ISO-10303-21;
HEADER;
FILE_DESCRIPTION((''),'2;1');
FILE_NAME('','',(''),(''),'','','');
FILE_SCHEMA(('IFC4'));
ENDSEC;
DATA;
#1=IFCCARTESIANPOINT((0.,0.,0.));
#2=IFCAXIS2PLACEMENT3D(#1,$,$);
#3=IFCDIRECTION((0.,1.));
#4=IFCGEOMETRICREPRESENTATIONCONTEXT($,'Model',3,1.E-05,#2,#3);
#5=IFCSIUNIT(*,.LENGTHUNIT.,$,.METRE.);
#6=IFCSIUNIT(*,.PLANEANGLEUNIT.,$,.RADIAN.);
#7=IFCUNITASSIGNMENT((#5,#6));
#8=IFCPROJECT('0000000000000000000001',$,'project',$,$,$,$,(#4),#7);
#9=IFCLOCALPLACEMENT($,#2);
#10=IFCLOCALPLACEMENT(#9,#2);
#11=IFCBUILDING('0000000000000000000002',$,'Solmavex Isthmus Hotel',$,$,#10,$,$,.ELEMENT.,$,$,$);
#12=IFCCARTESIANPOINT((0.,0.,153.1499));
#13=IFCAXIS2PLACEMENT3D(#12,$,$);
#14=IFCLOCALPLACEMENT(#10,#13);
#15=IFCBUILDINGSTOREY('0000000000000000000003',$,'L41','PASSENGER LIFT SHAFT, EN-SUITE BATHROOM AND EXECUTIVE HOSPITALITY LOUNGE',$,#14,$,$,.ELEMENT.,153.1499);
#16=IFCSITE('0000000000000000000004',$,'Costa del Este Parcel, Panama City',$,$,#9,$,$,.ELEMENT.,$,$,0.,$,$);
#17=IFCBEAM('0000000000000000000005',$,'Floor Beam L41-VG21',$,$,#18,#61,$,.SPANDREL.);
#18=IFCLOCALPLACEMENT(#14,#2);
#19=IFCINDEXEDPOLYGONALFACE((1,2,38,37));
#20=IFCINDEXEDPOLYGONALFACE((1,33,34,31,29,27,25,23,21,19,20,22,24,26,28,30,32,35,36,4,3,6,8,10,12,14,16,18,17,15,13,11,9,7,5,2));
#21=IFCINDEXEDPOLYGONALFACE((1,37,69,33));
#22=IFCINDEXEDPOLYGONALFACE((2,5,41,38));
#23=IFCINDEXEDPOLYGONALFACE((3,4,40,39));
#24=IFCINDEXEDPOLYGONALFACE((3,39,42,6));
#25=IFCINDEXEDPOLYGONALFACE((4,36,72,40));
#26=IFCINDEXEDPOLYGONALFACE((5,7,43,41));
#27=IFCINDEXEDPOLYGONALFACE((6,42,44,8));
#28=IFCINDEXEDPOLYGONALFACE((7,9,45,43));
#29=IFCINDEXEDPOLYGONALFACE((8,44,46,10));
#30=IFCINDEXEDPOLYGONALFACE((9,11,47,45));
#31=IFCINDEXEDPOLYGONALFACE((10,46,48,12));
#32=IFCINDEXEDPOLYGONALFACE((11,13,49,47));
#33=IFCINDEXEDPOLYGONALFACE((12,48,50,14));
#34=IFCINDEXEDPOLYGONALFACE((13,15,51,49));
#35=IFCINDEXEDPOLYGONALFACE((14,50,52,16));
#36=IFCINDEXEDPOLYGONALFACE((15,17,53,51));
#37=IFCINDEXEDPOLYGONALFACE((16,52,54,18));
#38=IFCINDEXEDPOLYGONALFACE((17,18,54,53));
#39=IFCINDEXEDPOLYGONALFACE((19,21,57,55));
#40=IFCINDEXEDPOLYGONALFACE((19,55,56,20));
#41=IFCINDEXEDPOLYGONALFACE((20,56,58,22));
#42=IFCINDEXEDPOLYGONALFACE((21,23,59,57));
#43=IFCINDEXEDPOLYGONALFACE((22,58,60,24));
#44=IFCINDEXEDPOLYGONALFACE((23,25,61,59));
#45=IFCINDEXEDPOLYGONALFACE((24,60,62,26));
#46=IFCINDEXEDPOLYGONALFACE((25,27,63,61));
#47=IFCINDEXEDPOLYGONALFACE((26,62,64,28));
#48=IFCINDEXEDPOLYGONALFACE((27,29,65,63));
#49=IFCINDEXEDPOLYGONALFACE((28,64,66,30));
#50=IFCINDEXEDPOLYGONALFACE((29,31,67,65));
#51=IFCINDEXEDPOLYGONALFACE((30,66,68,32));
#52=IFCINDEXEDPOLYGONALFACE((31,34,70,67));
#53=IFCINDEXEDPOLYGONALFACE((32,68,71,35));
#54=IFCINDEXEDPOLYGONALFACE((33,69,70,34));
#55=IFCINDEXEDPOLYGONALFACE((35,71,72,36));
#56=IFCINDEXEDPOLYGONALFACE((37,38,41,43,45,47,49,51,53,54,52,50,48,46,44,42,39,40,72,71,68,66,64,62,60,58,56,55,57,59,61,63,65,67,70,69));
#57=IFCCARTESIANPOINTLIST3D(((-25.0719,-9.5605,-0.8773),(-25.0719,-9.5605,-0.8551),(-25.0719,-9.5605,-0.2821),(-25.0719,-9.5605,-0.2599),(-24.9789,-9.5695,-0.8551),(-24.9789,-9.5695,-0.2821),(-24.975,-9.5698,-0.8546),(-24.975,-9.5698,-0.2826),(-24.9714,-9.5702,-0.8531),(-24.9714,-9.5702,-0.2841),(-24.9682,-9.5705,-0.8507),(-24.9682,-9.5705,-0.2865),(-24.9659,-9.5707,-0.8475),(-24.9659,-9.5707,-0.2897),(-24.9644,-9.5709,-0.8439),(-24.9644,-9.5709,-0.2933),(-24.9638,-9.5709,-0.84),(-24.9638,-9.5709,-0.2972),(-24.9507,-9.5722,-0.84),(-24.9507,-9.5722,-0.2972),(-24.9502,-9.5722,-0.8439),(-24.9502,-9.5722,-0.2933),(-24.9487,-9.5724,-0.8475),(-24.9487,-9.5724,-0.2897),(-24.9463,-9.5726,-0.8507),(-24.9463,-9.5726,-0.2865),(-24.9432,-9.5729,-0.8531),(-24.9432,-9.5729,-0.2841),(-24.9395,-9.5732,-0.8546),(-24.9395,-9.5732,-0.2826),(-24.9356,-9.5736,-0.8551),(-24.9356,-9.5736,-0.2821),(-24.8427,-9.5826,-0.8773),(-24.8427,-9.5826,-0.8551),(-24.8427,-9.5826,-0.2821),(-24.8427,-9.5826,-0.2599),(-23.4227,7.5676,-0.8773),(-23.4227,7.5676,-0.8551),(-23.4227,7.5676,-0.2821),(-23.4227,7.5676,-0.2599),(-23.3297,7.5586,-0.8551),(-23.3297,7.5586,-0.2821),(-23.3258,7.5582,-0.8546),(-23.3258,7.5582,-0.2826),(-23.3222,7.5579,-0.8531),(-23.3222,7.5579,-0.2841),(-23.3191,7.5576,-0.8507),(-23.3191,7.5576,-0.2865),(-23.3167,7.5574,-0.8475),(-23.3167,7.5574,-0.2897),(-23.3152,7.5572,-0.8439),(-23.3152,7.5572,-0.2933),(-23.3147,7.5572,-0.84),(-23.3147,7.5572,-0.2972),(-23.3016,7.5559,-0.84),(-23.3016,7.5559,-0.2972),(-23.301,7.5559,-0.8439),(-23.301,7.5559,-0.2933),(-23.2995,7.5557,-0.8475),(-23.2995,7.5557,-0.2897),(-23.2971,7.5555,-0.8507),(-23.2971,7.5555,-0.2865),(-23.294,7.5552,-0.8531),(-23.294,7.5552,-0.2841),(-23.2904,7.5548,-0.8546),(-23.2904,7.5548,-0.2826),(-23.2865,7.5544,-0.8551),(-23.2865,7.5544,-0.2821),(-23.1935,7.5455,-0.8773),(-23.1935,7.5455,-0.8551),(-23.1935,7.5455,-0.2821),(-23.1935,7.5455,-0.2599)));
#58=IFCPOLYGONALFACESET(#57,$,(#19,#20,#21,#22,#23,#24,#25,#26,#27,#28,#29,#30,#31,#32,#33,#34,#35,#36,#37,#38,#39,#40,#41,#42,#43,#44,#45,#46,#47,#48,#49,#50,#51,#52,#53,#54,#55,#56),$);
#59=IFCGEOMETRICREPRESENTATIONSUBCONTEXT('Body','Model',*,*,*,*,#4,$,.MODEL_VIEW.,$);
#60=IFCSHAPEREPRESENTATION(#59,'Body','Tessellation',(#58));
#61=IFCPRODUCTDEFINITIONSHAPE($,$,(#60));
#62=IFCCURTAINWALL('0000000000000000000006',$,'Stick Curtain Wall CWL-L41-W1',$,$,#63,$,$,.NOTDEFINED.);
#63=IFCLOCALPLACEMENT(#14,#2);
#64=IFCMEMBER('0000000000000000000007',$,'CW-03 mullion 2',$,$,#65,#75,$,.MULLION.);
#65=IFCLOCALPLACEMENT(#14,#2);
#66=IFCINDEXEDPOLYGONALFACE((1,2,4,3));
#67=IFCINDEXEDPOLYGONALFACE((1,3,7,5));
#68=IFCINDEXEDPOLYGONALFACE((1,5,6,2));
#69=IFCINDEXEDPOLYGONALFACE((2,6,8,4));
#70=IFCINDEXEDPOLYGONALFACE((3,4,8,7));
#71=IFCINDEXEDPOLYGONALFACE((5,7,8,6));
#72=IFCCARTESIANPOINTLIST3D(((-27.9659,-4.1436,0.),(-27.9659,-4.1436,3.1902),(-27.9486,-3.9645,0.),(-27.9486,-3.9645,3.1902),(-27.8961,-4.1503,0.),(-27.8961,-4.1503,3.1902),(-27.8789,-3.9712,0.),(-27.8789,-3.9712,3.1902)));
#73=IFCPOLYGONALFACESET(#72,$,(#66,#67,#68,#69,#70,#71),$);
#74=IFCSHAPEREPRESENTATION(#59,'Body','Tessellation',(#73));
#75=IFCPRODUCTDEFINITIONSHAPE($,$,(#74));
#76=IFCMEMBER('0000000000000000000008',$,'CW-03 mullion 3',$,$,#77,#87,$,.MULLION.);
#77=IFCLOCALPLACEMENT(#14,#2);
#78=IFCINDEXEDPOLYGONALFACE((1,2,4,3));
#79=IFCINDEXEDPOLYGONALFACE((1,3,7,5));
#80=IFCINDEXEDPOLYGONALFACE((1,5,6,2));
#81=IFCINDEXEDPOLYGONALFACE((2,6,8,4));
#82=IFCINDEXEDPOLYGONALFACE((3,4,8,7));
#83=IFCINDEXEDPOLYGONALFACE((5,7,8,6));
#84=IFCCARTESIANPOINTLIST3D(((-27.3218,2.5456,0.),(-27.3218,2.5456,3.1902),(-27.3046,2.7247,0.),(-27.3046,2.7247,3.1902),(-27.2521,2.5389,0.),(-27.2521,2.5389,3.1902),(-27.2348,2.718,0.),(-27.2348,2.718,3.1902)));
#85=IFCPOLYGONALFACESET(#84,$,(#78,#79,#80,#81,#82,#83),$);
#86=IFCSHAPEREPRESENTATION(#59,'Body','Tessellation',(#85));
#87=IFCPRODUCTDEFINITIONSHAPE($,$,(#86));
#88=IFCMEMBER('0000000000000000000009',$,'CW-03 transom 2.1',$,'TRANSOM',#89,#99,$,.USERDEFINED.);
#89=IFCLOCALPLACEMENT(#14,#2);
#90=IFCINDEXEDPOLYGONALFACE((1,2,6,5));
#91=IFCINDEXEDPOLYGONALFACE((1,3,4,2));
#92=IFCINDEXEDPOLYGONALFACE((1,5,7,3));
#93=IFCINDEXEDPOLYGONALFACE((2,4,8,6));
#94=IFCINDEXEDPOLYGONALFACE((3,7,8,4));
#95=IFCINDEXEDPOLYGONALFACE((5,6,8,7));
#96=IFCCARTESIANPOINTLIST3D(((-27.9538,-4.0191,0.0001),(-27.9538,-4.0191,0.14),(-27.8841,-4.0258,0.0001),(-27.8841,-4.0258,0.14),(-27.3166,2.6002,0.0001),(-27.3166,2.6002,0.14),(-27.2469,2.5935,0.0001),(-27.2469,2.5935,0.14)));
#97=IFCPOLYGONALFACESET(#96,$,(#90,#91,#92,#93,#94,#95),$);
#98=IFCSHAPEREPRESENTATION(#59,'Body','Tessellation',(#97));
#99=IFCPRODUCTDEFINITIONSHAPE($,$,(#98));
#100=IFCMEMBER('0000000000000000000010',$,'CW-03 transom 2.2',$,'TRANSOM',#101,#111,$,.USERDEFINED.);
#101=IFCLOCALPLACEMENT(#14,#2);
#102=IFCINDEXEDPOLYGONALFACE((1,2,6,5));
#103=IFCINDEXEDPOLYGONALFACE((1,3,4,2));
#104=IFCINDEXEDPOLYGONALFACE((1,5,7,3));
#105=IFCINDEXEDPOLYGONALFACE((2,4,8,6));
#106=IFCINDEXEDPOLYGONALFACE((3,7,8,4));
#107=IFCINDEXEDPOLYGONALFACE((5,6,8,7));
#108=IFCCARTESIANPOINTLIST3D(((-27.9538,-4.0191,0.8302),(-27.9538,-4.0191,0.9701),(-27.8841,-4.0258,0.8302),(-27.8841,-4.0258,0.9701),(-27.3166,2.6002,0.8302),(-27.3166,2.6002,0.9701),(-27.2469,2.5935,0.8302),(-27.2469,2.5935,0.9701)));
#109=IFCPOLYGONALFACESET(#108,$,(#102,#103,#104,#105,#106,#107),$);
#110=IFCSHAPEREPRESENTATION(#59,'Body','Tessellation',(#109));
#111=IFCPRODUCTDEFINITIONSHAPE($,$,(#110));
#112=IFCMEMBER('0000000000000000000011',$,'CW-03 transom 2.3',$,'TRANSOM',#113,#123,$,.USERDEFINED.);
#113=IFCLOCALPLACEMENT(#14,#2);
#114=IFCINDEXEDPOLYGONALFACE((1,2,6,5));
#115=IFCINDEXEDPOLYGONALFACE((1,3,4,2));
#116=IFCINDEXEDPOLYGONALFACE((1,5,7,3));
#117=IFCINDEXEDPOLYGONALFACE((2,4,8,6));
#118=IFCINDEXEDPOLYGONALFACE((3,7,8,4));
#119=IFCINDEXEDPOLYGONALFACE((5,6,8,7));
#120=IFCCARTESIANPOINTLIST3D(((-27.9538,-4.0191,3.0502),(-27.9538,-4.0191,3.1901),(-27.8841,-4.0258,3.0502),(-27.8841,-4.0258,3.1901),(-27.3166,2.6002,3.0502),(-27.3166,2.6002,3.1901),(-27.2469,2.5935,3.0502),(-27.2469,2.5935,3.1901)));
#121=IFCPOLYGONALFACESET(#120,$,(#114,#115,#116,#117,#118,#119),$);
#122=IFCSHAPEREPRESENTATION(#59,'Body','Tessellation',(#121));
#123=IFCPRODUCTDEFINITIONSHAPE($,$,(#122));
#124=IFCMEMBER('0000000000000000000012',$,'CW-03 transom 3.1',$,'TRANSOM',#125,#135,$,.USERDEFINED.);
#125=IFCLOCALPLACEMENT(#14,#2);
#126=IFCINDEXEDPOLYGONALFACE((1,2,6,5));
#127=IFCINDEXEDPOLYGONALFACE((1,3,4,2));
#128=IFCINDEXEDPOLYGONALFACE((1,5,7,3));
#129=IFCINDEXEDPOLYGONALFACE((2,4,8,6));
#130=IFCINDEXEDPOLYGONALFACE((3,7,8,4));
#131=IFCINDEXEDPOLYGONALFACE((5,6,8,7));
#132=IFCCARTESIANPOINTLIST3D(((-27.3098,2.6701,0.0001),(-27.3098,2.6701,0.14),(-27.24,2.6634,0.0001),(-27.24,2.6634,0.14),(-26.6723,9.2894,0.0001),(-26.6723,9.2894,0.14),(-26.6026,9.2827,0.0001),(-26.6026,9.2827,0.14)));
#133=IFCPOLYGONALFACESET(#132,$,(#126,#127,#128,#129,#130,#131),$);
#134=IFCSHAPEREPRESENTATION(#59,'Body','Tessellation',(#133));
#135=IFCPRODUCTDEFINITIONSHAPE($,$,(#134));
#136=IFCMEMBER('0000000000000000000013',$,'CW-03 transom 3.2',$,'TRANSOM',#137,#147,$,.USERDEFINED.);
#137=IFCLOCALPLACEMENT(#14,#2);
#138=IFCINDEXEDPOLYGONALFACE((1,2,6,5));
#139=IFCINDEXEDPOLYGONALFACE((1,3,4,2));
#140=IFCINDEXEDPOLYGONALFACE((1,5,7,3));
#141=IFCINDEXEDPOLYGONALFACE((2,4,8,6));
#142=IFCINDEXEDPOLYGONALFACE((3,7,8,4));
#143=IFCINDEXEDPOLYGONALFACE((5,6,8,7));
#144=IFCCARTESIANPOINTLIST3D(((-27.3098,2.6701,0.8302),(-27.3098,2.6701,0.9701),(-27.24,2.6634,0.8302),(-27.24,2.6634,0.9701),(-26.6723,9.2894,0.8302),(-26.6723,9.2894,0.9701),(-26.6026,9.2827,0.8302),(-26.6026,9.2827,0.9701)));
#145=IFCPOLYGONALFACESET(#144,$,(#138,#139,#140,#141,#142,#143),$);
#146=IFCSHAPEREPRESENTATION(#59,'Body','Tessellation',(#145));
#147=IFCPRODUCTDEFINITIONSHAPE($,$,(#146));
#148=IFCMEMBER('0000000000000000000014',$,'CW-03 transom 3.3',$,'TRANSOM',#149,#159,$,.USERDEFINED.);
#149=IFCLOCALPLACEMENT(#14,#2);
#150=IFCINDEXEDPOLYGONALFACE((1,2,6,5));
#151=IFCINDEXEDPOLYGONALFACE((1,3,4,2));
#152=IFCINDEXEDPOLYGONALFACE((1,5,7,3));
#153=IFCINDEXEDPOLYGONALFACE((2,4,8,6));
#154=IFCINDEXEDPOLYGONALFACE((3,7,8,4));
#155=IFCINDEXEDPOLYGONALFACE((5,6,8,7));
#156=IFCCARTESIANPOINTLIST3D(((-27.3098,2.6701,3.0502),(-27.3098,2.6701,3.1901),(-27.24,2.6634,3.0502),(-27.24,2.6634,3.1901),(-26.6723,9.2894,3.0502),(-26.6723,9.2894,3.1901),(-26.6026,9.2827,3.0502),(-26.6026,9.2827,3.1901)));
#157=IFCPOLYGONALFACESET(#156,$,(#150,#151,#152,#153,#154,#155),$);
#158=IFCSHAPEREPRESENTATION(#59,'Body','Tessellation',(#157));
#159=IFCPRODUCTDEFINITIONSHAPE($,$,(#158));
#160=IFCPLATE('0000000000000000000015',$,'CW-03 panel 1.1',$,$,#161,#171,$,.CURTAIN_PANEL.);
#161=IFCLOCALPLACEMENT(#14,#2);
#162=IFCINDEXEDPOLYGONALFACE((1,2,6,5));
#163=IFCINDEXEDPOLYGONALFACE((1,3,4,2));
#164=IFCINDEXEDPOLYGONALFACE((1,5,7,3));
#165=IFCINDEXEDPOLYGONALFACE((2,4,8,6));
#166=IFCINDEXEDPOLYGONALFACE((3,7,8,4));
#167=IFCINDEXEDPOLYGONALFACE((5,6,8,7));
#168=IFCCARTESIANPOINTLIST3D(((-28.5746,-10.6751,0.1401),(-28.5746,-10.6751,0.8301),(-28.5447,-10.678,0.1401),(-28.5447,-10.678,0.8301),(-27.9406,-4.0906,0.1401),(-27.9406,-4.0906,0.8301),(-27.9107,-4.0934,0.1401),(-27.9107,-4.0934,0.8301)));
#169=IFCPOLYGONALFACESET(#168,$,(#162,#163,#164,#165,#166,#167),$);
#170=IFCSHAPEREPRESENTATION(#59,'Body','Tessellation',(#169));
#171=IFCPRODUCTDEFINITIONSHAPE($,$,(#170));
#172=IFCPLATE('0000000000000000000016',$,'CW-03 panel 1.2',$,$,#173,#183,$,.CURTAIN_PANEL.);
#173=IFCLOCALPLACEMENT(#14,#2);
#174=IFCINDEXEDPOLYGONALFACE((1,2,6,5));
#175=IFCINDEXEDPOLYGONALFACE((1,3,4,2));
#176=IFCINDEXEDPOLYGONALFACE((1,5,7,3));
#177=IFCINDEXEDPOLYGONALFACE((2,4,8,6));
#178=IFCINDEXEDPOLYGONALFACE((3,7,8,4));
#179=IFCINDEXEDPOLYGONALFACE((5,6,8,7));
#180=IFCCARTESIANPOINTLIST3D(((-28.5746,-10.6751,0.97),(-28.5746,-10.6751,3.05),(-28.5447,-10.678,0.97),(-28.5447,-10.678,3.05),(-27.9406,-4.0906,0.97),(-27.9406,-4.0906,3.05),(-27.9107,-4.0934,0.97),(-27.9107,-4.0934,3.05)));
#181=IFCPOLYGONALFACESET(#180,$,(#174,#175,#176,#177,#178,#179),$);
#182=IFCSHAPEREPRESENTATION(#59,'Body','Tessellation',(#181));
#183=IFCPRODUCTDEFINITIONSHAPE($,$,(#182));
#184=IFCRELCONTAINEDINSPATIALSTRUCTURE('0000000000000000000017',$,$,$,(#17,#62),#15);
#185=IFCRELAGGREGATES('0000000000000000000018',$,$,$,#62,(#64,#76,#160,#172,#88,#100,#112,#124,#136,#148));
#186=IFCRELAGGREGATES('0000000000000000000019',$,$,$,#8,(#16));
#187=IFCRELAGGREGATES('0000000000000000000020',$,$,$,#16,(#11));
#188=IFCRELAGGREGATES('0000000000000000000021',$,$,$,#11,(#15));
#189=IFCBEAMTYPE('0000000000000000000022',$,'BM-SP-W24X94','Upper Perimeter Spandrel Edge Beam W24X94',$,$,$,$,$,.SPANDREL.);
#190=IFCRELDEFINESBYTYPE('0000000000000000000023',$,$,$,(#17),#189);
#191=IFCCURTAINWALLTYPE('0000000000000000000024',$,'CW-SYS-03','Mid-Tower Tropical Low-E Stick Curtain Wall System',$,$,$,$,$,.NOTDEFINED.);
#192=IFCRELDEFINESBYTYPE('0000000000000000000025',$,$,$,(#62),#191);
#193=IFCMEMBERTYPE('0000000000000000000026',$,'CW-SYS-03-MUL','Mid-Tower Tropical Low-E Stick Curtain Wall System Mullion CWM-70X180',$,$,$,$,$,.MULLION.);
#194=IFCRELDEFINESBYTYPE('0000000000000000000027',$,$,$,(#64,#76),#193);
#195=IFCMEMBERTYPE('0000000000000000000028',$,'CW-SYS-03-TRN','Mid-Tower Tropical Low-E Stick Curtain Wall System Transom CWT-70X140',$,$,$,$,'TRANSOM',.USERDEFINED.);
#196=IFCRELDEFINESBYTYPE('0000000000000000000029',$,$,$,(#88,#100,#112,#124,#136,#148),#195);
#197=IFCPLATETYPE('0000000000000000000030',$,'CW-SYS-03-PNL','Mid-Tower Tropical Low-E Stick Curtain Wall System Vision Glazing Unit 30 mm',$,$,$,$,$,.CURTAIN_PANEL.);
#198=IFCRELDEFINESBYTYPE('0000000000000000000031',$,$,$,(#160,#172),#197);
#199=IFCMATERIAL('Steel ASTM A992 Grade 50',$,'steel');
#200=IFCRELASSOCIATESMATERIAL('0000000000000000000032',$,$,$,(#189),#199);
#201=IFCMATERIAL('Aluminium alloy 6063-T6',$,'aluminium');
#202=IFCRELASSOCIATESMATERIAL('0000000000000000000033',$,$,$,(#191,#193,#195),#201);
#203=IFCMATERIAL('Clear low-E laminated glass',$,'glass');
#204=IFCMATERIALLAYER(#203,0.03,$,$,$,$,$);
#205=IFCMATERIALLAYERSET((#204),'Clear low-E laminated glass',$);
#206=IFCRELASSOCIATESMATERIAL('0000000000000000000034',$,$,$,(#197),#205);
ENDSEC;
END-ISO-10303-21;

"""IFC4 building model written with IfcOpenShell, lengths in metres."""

from ifc_helpers import new_model, si_unit, direction, frame, origin, origin_2d, place, context, subcontext, project, spatial, rectangle, i_section, extrude, material, layer, layer_set, material_profile, profile_set, type_object, element, aggregate, save


model = new_model("IFC4")

# Units and contexts
model_context = context("Model", 3, precision=1e-05, world=origin(), true_north=direction((0.0, 1.0)))
body_context = subcontext(model_context, "Body", "Model", "MODEL_VIEW")
ifc_project = project(units=[si_unit("LENGTHUNIT", "METRE"), si_unit("PLANEANGLEUNIT", "RADIAN")], contexts=[model_context])

# Site, building, storey
site_placement = place(None, origin())
site = spatial("IfcSite", under=ifc_project, at=site_placement, Name="Costa del Este Parcel, Panama City", CompositionType="ELEMENT", RefElevation=0.0)
building_placement = place(site_placement, origin())
building = spatial("IfcBuilding", under=site, at=building_placement, Name="Solmavex Isthmus Hotel", CompositionType="ELEMENT")
storey_placement = place(building_placement, frame((0.0, 0.0, 153.1499)))
storey = spatial("IfcBuildingStorey", under=building, at=storey_placement, Name="L41", Description="PASSENGER LIFT SHAFT, EN-SUITE BATHROOM AND EXECUTIVE HOSPITALITY LOUNGE", CompositionType="ELEMENT", Elevation=153.1499)

# Beam
ifc_material_1 = material(Name="Steel ASTM A992 Grade 50", Category="steel")
ifc_material_profile_1 = material_profile(ifc_material_1, i_section(OverallWidth=0.2302, OverallDepth=0.6174, WebThickness=0.0132, FlangeThickness=0.0222, FilletRadius=0.0151, at=origin_2d()), Name="W24X94")
ifc_profile_set_1 = profile_set([ifc_material_profile_1], Name="Steel ASTM A992 Grade 50")
beam_type_1 = type_object("IfcBeamType", Name="BM-SP-W24X94", Description="Upper Perimeter Spandrel Edge Beam W24X94", PredefinedType="SPANDREL", material=ifc_profile_set_1)
beam_1_placement = place(storey_placement, frame((-24.9573, -9.5715, -0.5686), z_axis=(0.095841, 0.995397, 0.0), x_axis=(-0.995397, 0.095841, 0.0)))
element("IfcBeam", 1, at=beam_1_placement, inside=storey, type_object=beam_type_1, Name="Floor Beam L41-VG21", PredefinedType="SPANDREL", context=body_context, shape_type="SweptSolid", body=[
    extrude(i_section(OverallWidth=0.2302, OverallDepth=0.6174, WebThickness=0.0132, FlangeThickness=0.0222, FilletRadius=0.0151, at=origin_2d()), origin(), (0.0, 0.0, 1.0), 17.2073),
])

# Curtain wall, members, plates
ifc_material_2 = material(Name="Aluminium alloy 6063-T6", Category="aluminium")
curtain_wall_type = type_object("IfcCurtainWallType", Name="CW-SYS-03", Description="Mid-Tower Tropical Low-E Stick Curtain Wall System", PredefinedType="NOTDEFINED", material=ifc_material_2)
curtain_wall_placement = place(storey_placement, origin())
curtain_wall = element("IfcCurtainWall", 2, at=curtain_wall_placement, inside=storey, type_object=curtain_wall_type, Name="Stick Curtain Wall CWL-L41-W1", PredefinedType="NOTDEFINED")
ifc_material_profile_2 = material_profile(ifc_material_2, rectangle(XDim=0.0701, YDim=0.1799, at=origin_2d()), Name="CWM-70X180")
ifc_profile_set_2 = profile_set([ifc_material_profile_2], Name="Aluminium alloy 6063-T6")
member_type_1 = type_object("IfcMemberType", Name="CW-SYS-03-MUL", Description="Mid-Tower Tropical Low-E Stick Curtain Wall System Mullion CWM-70X180", PredefinedType="MULLION", material=ifc_profile_set_2)
member_1_placement = place(storey_placement, frame((-27.9224, -4.0574, 0.0), z_axis=(0.0, 0.0, 1.0), x_axis=(-0.995396, 0.095846, 0.0)))
member_1 = element("IfcMember", 3, at=member_1_placement, type_object=member_type_1, Name="CW-03 mullion 2", PredefinedType="MULLION", context=body_context, shape_type="SweptSolid", body=[
    extrude(rectangle(XDim=0.0701, YDim=0.1799, at=origin_2d()), origin(), (0.0, 0.0, 1.0), 3.1902),
])
member_2_placement = place(storey_placement, frame((-27.2783, 2.6318, 0.0), z_axis=(0.0, 0.0, 1.0), x_axis=(-0.995396, 0.095846, 0.0)))
member_2 = element("IfcMember", 4, at=member_2_placement, type_object=member_type_1, Name="CW-03 mullion 3", PredefinedType="MULLION", context=body_context, shape_type="SweptSolid", body=[
    extrude(rectangle(XDim=0.0701, YDim=0.1799, at=origin_2d()), origin(), (0.0, 0.0, 1.0), 3.1902),
])
ifc_material_profile_3 = material_profile(ifc_material_2, rectangle(XDim=0.0701, YDim=0.1399, at=origin_2d()), Name="CWT-70X140")
ifc_profile_set_3 = profile_set([ifc_material_profile_3], Name="Aluminium alloy 6063-T6")
member_type_2 = type_object("IfcMemberType", Name="CW-SYS-03-TRN", Description="Mid-Tower Tropical Low-E Stick Curtain Wall System Transom CWT-70X140", ElementType="TRANSOM", PredefinedType="USERDEFINED", material=ifc_profile_set_3)
member_3_placement = place(storey_placement, frame((-27.9189, -4.0225, 0.0701), z_axis=(0.095821, 0.995399, 0.0), x_axis=(-0.995399, 0.095821, 0.0)))
member_3 = element("IfcMember", 5, at=member_3_placement, type_object=member_type_2, Name="CW-03 transom 2.1", ObjectType="TRANSOM", PredefinedType="USERDEFINED", context=body_context, shape_type="SweptSolid", body=[
    extrude(rectangle(XDim=0.0701, YDim=0.1399, at=origin_2d()), origin(), (0.0, 0.0, 1.0), 6.6499),
])
member_4_placement = place(storey_placement, frame((-27.9189, -4.0225, 0.9001), z_axis=(0.095821, 0.995399, 0.0), x_axis=(-0.995399, 0.095821, 0.0)))
member_4 = element("IfcMember", 6, at=member_4_placement, type_object=member_type_2, Name="CW-03 transom 2.2", ObjectType="TRANSOM", PredefinedType="USERDEFINED", context=body_context, shape_type="SweptSolid", body=[
    extrude(rectangle(XDim=0.0701, YDim=0.1399, at=origin_2d()), origin(), (0.0, 0.0, 1.0), 6.6499),
])
member_5_placement = place(storey_placement, frame((-27.9189, -4.0225, 3.1201), z_axis=(0.095821, 0.995399, 0.0), x_axis=(-0.995399, 0.095821, 0.0)))
member_5 = element("IfcMember", 7, at=member_5_placement, type_object=member_type_2, Name="CW-03 transom 2.3", ObjectType="TRANSOM", PredefinedType="USERDEFINED", context=body_context, shape_type="SweptSolid", body=[
    extrude(rectangle(XDim=0.0701, YDim=0.1399, at=origin_2d()), origin(), (0.0, 0.0, 1.0), 6.6499),
])
member_6_placement = place(storey_placement, frame((-27.2749, 2.6667, 0.0701), z_axis=(0.095857, 0.995395, 0.0), x_axis=(-0.995395, 0.095857, 0.0)))
member_6 = element("IfcMember", 8, at=member_6_placement, type_object=member_type_2, Name="CW-03 transom 3.1", ObjectType="TRANSOM", PredefinedType="USERDEFINED", context=body_context, shape_type="SweptSolid", body=[
    extrude(rectangle(XDim=0.0701, YDim=0.1399, at=origin_2d()), origin(), (0.0, 0.0, 1.0), 6.6499),
])
member_7_placement = place(storey_placement, frame((-27.2749, 2.6667, 0.9001), z_axis=(0.095857, 0.995395, 0.0), x_axis=(-0.995395, 0.095857, 0.0)))
member_7 = element("IfcMember", 9, at=member_7_placement, type_object=member_type_2, Name="CW-03 transom 3.2", ObjectType="TRANSOM", PredefinedType="USERDEFINED", context=body_context, shape_type="SweptSolid", body=[
    extrude(rectangle(XDim=0.0701, YDim=0.1399, at=origin_2d()), origin(), (0.0, 0.0, 1.0), 6.6499),
])
member_8_placement = place(storey_placement, frame((-27.2749, 2.6667, 3.1201), z_axis=(0.095857, 0.995395, 0.0), x_axis=(-0.995395, 0.095857, 0.0)))
member_8 = element("IfcMember", 10, at=member_8_placement, type_object=member_type_2, Name="CW-03 transom 3.3", ObjectType="TRANSOM", PredefinedType="USERDEFINED", context=body_context, shape_type="SweptSolid", body=[
    extrude(rectangle(XDim=0.0701, YDim=0.1399, at=origin_2d()), origin(), (0.0, 0.0, 1.0), 6.6499),
])
ifc_material_3 = material(Name="Clear low-E laminated glass", Category="glass")
ifc_layer_1 = layer(ifc_material_3, 0.03)
ifc_layer_set_1 = layer_set([ifc_layer_1], Name="Clear low-E laminated glass")
plate_type = type_object("IfcPlateType", Name="CW-SYS-03-PNL", Description="Mid-Tower Tropical Low-E Stick Curtain Wall System Vision Glazing Unit 30 mm", PredefinedType="CURTAIN_PANEL", material=ifc_layer_set_1)
plate_1_placement = place(storey_placement, frame((-28.2427, -7.3843, 0.1401), z_axis=(0.0, 0.0, 1.0), x_axis=(0.095846, 0.995396, 0.0)))
plate_1 = element("IfcPlate", 11, at=plate_1_placement, type_object=plate_type, Name="CW-03 panel 1.1", PredefinedType="CURTAIN_PANEL", context=body_context, shape_type="SweptSolid", body=[
    extrude(rectangle(XDim=6.615, YDim=0.03, at=origin_2d()), origin(), (0.0, 0.0, 1.0), 0.6899),
])
plate_2_placement = place(storey_placement, frame((-28.2427, -7.3843, 0.97), z_axis=(0.0, 0.0, 1.0), x_axis=(0.095846, 0.995396, 0.0)))
plate_2 = element("IfcPlate", 12, at=plate_2_placement, type_object=plate_type, Name="CW-03 panel 1.2", PredefinedType="CURTAIN_PANEL", context=body_context, shape_type="SweptSolid", body=[
    extrude(rectangle(XDim=6.615, YDim=0.03, at=origin_2d()), origin(), (0.0, 0.0, 1.0), 2.0801),
])
aggregate(curtain_wall, [member_1, member_2, plate_1, plate_2, member_3, member_4, member_5, member_6, member_7, member_8])

save(model, "model.ifc")
